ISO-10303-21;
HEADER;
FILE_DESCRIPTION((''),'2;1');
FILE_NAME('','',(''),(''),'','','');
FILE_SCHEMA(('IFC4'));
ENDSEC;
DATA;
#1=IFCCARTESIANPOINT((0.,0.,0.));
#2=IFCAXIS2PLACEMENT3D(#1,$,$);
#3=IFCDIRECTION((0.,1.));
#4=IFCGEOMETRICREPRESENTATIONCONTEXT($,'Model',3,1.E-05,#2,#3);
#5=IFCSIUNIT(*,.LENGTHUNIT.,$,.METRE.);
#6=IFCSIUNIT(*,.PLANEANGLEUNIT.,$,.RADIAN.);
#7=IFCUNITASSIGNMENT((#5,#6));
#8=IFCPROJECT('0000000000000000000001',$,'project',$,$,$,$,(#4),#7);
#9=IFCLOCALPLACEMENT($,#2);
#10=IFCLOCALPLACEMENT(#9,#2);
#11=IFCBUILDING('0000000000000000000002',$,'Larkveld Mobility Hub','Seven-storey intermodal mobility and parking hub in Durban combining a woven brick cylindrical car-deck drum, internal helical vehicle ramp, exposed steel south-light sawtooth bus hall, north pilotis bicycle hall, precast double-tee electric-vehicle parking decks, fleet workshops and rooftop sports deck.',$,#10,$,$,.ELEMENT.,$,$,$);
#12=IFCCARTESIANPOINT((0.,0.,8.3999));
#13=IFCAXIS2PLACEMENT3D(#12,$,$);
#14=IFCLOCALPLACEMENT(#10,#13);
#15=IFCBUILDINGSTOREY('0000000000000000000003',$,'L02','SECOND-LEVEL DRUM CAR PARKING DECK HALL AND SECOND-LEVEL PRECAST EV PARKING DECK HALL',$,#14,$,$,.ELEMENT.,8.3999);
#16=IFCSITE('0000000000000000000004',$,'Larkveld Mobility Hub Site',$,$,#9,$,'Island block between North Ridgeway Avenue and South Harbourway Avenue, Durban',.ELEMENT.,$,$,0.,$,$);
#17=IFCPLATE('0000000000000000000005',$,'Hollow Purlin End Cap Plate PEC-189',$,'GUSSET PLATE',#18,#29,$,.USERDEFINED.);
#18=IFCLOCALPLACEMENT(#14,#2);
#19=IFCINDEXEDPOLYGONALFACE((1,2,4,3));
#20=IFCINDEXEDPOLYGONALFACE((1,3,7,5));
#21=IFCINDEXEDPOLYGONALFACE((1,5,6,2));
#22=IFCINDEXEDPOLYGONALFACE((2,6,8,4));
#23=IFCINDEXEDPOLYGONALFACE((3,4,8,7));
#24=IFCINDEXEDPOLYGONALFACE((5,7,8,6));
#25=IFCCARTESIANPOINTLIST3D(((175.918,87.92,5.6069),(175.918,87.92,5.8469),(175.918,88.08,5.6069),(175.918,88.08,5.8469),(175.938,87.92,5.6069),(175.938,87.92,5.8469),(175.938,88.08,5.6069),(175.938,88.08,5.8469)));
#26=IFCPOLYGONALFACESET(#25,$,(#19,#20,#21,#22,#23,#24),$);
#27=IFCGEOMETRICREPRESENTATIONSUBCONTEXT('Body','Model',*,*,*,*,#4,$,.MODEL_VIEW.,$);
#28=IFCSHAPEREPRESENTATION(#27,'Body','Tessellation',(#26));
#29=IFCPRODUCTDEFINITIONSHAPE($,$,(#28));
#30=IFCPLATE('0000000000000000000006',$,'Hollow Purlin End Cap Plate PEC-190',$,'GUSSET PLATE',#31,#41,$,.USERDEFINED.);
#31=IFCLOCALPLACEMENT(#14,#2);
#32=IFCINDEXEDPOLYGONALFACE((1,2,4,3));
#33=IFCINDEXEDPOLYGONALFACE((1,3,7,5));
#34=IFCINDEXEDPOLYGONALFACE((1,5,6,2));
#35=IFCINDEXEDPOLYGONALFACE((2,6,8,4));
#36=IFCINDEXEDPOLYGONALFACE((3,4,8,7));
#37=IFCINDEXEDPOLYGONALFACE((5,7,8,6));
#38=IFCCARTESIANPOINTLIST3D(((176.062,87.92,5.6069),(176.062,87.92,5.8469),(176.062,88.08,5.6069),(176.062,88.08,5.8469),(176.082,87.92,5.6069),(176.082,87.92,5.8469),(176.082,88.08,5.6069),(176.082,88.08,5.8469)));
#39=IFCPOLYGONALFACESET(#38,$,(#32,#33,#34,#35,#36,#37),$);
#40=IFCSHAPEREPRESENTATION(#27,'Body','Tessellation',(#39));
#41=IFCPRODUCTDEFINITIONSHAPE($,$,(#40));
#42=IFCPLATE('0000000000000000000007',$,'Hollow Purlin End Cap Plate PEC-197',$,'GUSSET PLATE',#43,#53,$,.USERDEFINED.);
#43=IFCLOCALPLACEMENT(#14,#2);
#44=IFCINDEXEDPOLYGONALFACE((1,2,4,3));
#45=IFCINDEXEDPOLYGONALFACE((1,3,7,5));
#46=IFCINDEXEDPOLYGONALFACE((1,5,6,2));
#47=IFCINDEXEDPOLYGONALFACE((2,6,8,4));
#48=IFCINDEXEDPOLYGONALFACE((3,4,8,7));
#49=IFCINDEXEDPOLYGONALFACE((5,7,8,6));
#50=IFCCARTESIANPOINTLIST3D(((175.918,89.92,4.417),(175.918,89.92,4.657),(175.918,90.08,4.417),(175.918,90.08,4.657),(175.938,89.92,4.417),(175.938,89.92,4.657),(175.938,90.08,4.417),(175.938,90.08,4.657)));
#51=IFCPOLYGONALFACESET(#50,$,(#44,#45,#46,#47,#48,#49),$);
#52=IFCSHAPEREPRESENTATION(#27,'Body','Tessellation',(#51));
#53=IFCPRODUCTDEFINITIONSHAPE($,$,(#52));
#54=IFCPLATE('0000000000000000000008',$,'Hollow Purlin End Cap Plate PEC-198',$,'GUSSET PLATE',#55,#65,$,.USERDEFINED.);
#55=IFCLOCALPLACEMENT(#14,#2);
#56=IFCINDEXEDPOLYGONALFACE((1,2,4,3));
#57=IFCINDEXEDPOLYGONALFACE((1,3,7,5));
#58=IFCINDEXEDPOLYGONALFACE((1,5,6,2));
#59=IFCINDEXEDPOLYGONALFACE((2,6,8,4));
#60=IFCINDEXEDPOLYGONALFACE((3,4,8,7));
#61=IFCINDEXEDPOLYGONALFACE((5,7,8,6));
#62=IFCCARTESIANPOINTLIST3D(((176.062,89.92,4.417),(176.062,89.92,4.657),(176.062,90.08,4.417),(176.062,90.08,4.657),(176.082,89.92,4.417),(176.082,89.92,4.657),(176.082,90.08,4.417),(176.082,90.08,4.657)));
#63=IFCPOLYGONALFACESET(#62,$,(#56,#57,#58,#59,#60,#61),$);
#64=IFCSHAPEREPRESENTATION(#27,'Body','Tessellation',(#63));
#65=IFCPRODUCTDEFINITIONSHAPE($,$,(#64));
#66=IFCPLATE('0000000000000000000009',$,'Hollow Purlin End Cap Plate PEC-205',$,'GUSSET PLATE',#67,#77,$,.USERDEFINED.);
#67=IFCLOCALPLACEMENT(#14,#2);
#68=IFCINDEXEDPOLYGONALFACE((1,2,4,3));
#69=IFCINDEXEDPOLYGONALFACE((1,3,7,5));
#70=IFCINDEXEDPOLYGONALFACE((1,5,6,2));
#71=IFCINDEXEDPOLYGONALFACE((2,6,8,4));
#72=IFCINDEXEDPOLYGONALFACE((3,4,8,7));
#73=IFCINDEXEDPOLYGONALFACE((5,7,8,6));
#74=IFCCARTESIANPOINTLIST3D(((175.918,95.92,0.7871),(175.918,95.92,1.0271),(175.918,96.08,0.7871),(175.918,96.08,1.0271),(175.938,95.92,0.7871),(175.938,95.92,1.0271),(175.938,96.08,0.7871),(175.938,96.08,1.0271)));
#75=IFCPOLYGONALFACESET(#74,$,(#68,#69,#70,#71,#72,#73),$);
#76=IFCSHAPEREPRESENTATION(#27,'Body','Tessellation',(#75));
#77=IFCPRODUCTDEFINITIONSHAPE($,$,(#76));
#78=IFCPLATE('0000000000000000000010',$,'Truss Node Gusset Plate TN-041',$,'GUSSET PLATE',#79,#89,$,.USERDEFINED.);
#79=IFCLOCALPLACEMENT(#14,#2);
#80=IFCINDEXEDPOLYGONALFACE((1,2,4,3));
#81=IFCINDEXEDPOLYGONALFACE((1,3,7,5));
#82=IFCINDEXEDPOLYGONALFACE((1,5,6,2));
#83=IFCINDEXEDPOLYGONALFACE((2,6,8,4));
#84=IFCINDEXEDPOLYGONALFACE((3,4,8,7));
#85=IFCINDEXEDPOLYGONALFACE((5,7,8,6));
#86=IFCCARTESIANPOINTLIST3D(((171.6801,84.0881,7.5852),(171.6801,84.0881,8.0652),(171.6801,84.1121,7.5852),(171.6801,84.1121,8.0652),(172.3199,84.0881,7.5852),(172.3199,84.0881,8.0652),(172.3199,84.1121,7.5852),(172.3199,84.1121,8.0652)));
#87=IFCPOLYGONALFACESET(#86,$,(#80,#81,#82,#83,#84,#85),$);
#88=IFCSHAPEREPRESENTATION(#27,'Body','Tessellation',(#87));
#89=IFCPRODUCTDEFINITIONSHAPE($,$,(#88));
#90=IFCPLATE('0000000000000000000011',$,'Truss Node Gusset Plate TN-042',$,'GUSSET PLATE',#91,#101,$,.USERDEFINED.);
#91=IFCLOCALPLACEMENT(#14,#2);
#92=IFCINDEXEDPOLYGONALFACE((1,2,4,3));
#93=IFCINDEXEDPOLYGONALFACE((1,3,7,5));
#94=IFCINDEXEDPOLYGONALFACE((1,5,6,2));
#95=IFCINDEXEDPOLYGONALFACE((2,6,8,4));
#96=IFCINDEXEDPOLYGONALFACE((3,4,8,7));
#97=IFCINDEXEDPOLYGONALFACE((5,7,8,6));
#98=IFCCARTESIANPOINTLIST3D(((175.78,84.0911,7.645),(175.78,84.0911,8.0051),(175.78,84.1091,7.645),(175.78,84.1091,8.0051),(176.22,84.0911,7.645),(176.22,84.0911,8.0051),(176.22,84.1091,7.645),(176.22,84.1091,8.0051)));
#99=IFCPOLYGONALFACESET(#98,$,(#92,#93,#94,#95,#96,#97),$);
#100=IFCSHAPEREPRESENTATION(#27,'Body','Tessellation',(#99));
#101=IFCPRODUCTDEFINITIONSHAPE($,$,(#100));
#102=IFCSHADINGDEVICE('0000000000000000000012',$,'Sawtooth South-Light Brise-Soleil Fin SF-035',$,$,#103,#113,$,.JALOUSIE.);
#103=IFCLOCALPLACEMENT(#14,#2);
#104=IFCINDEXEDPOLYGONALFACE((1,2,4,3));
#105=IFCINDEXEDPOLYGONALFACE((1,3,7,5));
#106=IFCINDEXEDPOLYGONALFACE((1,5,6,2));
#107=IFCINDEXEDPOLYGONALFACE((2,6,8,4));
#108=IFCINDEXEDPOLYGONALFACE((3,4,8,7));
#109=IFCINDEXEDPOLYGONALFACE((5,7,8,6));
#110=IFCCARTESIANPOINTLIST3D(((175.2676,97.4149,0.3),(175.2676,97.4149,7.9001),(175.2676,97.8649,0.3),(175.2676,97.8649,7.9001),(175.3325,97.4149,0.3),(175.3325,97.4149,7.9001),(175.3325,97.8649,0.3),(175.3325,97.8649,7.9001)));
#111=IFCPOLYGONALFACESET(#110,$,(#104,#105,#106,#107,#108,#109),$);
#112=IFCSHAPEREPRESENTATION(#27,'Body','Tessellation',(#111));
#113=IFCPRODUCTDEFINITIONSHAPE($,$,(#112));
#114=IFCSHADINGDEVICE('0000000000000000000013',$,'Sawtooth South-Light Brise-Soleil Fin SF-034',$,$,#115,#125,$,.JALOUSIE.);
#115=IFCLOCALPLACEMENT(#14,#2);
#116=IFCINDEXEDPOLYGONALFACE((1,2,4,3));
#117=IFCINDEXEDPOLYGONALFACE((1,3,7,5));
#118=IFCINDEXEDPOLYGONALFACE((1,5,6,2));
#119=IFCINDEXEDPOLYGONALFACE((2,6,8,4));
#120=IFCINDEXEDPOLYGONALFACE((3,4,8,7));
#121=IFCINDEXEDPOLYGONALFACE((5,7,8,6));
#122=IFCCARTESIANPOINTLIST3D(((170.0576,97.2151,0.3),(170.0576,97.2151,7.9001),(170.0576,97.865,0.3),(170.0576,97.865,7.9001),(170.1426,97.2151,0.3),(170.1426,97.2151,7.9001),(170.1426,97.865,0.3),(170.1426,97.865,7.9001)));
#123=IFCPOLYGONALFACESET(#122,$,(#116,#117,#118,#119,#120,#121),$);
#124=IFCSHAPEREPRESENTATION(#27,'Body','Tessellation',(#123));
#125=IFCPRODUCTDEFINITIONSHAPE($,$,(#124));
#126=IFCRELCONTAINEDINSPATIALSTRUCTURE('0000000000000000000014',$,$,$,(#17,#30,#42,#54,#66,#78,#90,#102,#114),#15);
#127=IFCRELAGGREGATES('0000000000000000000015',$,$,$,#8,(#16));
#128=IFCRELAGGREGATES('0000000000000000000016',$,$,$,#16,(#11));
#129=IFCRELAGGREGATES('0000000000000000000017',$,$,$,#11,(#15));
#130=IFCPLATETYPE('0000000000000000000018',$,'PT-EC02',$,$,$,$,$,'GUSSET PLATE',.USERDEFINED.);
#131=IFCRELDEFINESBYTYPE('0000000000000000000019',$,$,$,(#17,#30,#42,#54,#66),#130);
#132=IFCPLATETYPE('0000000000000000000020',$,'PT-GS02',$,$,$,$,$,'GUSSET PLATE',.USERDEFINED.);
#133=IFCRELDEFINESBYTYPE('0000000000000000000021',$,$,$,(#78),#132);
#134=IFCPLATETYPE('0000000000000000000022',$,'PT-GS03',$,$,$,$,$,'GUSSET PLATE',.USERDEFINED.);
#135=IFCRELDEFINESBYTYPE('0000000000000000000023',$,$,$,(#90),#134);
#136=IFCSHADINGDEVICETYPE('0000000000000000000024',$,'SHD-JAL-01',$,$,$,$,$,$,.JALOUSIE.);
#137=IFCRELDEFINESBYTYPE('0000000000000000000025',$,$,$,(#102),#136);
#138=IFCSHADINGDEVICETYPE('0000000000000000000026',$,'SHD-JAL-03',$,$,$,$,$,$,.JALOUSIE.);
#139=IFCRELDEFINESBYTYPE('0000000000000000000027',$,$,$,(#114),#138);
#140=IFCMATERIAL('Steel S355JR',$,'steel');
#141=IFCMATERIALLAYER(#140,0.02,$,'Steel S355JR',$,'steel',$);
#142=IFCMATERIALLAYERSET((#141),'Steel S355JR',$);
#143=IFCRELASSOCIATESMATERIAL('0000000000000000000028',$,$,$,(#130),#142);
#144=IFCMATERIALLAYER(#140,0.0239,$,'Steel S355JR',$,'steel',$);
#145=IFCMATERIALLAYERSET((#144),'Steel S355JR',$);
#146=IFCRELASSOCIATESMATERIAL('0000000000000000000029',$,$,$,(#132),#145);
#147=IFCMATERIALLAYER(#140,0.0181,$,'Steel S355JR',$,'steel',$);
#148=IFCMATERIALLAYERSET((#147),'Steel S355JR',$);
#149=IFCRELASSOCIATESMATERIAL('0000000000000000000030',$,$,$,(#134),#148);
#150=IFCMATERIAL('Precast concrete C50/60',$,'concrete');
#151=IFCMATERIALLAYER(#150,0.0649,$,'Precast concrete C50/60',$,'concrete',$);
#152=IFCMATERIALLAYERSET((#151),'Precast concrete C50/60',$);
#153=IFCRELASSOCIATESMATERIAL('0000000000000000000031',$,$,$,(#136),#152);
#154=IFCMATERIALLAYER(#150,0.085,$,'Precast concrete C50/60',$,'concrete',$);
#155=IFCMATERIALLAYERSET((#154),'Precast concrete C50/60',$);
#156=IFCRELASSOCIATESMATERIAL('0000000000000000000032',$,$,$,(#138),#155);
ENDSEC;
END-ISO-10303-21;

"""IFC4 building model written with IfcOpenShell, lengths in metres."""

from ifc_helpers import new_model, si_unit, direction, frame, origin, origin_2d, place, context, subcontext, project, spatial, rectangle, extrude, material, layer, layer_set, type_object, element, save


model = new_model("IFC4")

# Units and contexts
model_context = context("Model", 3, precision=1e-05, world=origin(), true_north=direction((0.0, 1.0)))
body_context = subcontext(model_context, "Body", "Model", "MODEL_VIEW")
ifc_project = project(units=[si_unit("LENGTHUNIT", "METRE"), si_unit("PLANEANGLEUNIT", "RADIAN")], contexts=[model_context])

# Site, building, storey
site_placement = place(None, origin())
site = spatial("IfcSite", under=ifc_project, at=site_placement, Name="Larkveld Mobility Hub Site", LongName="Island block between North Ridgeway Avenue and South Harbourway Avenue, Durban", CompositionType="ELEMENT", RefElevation=0.0)
building_placement = place(site_placement, origin())
building = spatial("IfcBuilding", under=site, at=building_placement, Name="Larkveld Mobility Hub", Description="Seven-storey intermodal mobility and parking hub in Durban combining a woven brick cylindrical car-deck drum, internal helical vehicle ramp, exposed steel south-light sawtooth bus hall, north pilotis bicycle hall, precast double-tee electric-vehicle parking decks, fleet workshops and rooftop sports deck.", CompositionType="ELEMENT")
storey_placement = place(building_placement, frame((0.0, 0.0, 8.3999)))
storey = spatial("IfcBuildingStorey", under=building, at=storey_placement, Name="L02", Description="SECOND-LEVEL DRUM CAR PARKING DECK HALL AND SECOND-LEVEL PRECAST EV PARKING DECK HALL", CompositionType="ELEMENT", Elevation=8.3999)

# Shared definitions
ifc_material_1 = material(Name="Steel S355JR", Category="steel")

# Plates
ifc_layer_1 = layer(ifc_material_1, 0.02, Name="Steel S355JR", Category="steel")
ifc_layer_set_1 = layer_set([ifc_layer_1], Name="Steel S355JR")
plate_type_1 = type_object("IfcPlateType", Name="PT-EC02", ElementType="GUSSET PLATE", PredefinedType="USERDEFINED", material=ifc_layer_set_1)
for number, where, z_axis, x_axis, name in (
    (1, (175.928, 88.0, 5.6069), (0.0, 0.0, 1.0), (1.0, 0.0, 0.0), "Hollow Purlin End Cap Plate PEC-189"),
    (2, (176.072, 88.0, 5.6069), (0.0, 0.0, 1.0), (1.0, 0.0, 0.0), "Hollow Purlin End Cap Plate PEC-190"),
    (3, (175.928, 90.0, 4.417), (0.0, 0.0, 1.0), (1.0, 0.0, 0.0), "Hollow Purlin End Cap Plate PEC-197"),
    (4, (176.072, 90.0, 4.417), (0.0, 0.0, 1.0), (1.0, 0.0, 0.0), "Hollow Purlin End Cap Plate PEC-198"),
    (5, (175.928, 96.0, 0.7871), (0.0, 0.0, 1.0), (1.0, 0.0, 0.0), "Hollow Purlin End Cap Plate PEC-205"),
):
    element("IfcPlate", number, at=place(storey_placement, frame(where, z_axis=z_axis, x_axis=x_axis)), inside=storey, type_object=plate_type_1, Name=name, ObjectType="GUSSET PLATE", PredefinedType="USERDEFINED", context=body_context, shape_type="SweptSolid", body=[
        extrude(rectangle(XDim=0.02, YDim=0.1599, at=origin_2d()), origin(), (0.0, 0.0, 1.0), 0.24),
    ])
ifc_layer_2 = layer(ifc_material_1, 0.0239, Name="Steel S355JR", Category="steel")
ifc_layer_set_2 = layer_set([ifc_layer_2], Name="Steel S355JR")
plate_type_2 = type_object("IfcPlateType", Name="PT-GS02", ElementType="GUSSET PLATE", PredefinedType="USERDEFINED", material=ifc_layer_set_2)
plate_1_placement = place(storey_placement, frame((172.0, 84.1001, 7.5852), z_axis=(0.0, 0.0, 1.0), x_axis=(1.0, 0.0, 0.0)))
element("IfcPlate", 6, at=plate_1_placement, inside=storey, type_object=plate_type_2, Name="Truss Node Gusset Plate TN-041", ObjectType="GUSSET PLATE", PredefinedType="USERDEFINED", context=body_context, shape_type="SweptSolid", body=[
    extrude(rectangle(XDim=0.6399, YDim=0.0239, at=origin_2d()), origin(), (0.0, 0.0, 1.0), 0.48),
])
ifc_layer_3 = layer(ifc_material_1, 0.0181, Name="Steel S355JR", Category="steel")
ifc_layer_set_3 = layer_set([ifc_layer_3], Name="Steel S355JR")
plate_type_3 = type_object("IfcPlateType", Name="PT-GS03", ElementType="GUSSET PLATE", PredefinedType="USERDEFINED", material=ifc_layer_set_3)
plate_2_placement = place(storey_placement, frame((176.0, 84.1001, 7.645), z_axis=(0.0, 0.0, 1.0), x_axis=(1.0, 0.0, 0.0)))
element("IfcPlate", 7, at=plate_2_placement, inside=storey, type_object=plate_type_3, Name="Truss Node Gusset Plate TN-042", ObjectType="GUSSET PLATE", PredefinedType="USERDEFINED", context=body_context, shape_type="SweptSolid", body=[
    extrude(rectangle(XDim=0.4399, YDim=0.0181, at=origin_2d()), origin(), (0.0, 0.0, 1.0), 0.3601),
])

# Shading devices
ifc_material_2 = material(Name="Precast concrete C50/60", Category="concrete")
ifc_layer_4 = layer(ifc_material_2, 0.0649, Name="Precast concrete C50/60", Category="concrete")
ifc_layer_set_4 = layer_set([ifc_layer_4], Name="Precast concrete C50/60")
shading_device_type_1 = type_object("IfcShadingDeviceType", Name="SHD-JAL-01", PredefinedType="JALOUSIE", material=ifc_layer_set_4)
shading_device_1_placement = place(storey_placement, frame((175.3, 97.6399, 0.3), z_axis=(0.0, 0.0, 1.0), x_axis=(1.0, 0.0, 0.0)))
element("IfcShadingDevice", 8, at=shading_device_1_placement, inside=storey, type_object=shading_device_type_1, Name="Sawtooth South-Light Brise-Soleil Fin SF-035", PredefinedType="JALOUSIE", context=body_context, shape_type="SweptSolid", body=[
    extrude(rectangle(XDim=0.0649, YDim=0.45, at=origin_2d()), origin(), (0.0, 0.0, 1.0), 7.6001),
])
ifc_layer_5 = layer(ifc_material_2, 0.085, Name="Precast concrete C50/60", Category="concrete")
ifc_layer_set_5 = layer_set([ifc_layer_5], Name="Precast concrete C50/60")
shading_device_type_2 = type_object("IfcShadingDeviceType", Name="SHD-JAL-03", PredefinedType="JALOUSIE", material=ifc_layer_set_5)
shading_device_2_placement = place(storey_placement, frame((170.1001, 97.54, 0.3), z_axis=(0.0, 0.0, 1.0), x_axis=(1.0, 0.0, 0.0)))
element("IfcShadingDevice", 9, at=shading_device_2_placement, inside=storey, type_object=shading_device_type_2, Name="Sawtooth South-Light Brise-Soleil Fin SF-034", PredefinedType="JALOUSIE", context=body_context, shape_type="SweptSolid", body=[
    extrude(rectangle(XDim=0.085, YDim=0.6499, at=origin_2d()), origin(), (0.0, 0.0, 1.0), 7.6001),
])

save(model, "model.ifc")
